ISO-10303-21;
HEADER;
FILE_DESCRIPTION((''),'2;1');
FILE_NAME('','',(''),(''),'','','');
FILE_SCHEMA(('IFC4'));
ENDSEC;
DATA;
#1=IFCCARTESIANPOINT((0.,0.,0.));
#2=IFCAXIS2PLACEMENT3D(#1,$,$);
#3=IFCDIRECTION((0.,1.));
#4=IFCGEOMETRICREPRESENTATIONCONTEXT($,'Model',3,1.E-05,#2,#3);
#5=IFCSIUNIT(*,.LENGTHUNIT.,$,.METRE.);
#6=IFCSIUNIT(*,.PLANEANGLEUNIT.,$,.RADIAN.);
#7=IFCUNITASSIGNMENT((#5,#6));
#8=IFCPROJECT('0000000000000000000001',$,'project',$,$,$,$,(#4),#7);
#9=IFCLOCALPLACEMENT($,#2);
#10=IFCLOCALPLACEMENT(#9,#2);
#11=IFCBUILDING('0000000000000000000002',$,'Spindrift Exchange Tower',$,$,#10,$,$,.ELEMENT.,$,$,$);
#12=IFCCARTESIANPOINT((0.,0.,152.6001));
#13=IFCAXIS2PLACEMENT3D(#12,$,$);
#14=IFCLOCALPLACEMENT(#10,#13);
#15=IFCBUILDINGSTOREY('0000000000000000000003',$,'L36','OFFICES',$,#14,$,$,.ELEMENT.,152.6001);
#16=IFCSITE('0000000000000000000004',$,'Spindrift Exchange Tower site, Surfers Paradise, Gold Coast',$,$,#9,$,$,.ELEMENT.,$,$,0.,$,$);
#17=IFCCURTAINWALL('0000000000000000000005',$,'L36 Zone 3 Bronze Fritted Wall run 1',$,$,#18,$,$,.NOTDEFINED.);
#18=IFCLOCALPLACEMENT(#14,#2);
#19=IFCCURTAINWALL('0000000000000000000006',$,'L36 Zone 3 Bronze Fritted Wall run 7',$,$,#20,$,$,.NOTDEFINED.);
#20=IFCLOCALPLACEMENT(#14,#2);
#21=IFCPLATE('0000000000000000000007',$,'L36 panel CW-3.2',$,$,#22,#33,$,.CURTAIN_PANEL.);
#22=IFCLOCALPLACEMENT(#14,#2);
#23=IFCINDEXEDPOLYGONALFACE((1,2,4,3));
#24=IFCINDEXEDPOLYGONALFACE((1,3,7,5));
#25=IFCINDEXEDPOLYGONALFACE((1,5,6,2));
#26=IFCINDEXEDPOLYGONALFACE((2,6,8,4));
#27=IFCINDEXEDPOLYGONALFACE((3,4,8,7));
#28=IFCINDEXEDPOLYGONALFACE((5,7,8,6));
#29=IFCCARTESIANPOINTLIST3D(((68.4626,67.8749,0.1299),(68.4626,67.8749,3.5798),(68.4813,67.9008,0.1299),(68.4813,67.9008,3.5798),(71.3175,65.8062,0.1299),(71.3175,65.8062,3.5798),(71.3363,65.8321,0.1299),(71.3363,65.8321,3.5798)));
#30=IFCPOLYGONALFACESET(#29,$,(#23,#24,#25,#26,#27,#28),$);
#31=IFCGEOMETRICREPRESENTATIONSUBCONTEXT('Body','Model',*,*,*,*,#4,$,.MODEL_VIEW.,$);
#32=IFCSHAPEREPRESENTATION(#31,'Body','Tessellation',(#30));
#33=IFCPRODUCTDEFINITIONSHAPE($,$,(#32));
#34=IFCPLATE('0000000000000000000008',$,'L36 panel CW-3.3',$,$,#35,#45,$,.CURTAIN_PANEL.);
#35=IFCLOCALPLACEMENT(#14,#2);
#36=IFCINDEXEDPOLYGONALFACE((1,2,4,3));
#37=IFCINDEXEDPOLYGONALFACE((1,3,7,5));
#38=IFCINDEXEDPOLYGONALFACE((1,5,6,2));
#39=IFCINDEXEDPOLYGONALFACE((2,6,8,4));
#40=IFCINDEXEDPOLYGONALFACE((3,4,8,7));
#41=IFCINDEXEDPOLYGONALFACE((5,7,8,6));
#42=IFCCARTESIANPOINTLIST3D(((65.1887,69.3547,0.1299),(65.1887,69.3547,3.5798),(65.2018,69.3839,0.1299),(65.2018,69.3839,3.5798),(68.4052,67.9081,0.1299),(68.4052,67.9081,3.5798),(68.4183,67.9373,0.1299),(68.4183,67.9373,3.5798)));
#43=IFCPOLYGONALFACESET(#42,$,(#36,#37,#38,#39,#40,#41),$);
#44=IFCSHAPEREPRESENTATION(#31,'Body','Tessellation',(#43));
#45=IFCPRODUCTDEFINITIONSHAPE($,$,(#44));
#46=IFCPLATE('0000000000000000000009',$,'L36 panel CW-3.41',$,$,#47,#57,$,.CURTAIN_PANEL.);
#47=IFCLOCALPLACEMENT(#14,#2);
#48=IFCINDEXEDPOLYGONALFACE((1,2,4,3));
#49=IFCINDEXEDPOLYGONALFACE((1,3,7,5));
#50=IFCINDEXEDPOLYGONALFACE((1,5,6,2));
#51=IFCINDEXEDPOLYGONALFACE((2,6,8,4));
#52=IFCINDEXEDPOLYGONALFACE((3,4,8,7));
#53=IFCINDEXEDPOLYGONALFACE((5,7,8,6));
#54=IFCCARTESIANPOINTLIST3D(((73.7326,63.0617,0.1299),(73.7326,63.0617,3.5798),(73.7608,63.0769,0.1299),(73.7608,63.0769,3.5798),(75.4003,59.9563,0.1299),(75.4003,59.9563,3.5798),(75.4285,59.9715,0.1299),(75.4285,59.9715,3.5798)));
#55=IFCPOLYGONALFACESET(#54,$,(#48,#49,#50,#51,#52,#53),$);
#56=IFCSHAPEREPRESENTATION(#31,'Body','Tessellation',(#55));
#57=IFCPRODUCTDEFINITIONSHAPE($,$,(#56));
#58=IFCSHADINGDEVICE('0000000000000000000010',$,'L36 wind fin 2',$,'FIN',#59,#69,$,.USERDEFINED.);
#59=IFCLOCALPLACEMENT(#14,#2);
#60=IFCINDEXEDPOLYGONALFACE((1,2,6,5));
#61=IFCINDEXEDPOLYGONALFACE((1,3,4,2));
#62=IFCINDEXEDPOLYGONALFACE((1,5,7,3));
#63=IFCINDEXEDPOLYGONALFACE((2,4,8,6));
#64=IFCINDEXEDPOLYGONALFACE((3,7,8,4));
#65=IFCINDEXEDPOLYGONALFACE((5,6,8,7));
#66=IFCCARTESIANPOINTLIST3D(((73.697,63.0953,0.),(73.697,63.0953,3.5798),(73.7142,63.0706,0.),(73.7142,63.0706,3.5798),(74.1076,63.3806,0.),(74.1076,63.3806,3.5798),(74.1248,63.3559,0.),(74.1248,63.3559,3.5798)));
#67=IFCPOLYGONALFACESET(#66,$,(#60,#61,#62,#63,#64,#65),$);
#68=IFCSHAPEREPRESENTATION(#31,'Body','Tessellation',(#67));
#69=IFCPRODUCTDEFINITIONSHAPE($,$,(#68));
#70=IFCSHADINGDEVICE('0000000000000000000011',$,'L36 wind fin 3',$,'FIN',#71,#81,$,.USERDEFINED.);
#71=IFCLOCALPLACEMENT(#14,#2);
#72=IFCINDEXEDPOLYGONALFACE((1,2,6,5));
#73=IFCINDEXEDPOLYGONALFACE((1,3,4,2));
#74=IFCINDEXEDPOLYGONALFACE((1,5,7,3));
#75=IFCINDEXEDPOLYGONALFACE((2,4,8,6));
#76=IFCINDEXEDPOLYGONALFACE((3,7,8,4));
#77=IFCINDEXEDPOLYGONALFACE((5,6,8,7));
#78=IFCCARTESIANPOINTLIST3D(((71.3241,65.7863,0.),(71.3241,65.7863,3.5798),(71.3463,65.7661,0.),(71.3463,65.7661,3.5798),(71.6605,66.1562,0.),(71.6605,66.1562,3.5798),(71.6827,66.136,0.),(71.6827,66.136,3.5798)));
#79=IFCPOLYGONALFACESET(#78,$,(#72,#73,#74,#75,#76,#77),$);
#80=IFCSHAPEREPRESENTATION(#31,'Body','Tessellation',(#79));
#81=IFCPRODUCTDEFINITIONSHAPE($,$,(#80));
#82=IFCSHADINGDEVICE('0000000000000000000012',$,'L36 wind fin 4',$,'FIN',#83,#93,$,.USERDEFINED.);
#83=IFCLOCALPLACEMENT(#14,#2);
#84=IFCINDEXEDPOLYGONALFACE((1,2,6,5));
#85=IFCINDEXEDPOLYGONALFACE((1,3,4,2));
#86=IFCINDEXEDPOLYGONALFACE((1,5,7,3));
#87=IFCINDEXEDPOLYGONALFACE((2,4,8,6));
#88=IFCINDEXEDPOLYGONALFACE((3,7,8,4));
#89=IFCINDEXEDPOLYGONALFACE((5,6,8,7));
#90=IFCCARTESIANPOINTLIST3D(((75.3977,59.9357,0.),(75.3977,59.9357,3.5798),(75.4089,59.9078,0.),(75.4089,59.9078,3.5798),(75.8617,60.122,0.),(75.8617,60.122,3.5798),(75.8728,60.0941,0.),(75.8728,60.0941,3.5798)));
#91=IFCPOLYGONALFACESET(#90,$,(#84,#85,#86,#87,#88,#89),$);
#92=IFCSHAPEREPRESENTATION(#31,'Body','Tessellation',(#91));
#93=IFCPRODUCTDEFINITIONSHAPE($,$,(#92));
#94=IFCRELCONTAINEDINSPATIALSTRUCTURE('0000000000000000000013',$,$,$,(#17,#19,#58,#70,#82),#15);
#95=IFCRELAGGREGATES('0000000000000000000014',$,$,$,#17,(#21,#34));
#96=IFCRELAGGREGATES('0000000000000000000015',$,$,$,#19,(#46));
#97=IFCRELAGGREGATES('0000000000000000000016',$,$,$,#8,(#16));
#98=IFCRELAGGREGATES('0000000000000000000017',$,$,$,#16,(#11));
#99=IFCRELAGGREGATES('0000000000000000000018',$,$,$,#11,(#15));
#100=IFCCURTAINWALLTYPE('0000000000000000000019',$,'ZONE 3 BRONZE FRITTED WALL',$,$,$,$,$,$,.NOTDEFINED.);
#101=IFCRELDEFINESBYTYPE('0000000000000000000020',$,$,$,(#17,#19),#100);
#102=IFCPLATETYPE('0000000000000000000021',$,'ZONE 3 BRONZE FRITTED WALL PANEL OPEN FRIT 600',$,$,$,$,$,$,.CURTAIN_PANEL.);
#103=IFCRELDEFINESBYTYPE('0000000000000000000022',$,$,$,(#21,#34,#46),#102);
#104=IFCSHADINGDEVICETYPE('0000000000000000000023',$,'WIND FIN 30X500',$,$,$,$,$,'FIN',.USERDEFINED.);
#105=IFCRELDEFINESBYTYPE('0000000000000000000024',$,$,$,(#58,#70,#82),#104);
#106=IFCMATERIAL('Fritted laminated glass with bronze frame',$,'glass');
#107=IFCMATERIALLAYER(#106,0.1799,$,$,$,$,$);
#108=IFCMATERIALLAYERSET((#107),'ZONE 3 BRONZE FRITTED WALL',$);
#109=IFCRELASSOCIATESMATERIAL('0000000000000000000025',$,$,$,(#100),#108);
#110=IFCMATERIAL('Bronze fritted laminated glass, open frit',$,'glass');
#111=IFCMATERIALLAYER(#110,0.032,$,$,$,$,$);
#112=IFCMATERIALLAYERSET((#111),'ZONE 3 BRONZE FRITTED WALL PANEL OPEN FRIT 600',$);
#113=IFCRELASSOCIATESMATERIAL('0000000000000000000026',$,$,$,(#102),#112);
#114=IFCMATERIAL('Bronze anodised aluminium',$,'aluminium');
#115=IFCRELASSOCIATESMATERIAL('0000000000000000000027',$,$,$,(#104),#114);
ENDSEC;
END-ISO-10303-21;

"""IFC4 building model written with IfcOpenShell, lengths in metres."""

from ifc_helpers import new_model, si_unit, direction, frame, origin, origin_2d, place, context, subcontext, project, spatial, rectangle, extrude, source, transform, mapped, material, layer, layer_set, material_profile, profile_set, type_object, element, aggregate, save


model = new_model("IFC4")

# Units and contexts
model_context = context("Model", 3, precision=1e-05, world=origin(), true_north=direction((0.0, 1.0)))
body_context = subcontext(model_context, "Body", "Model", "MODEL_VIEW")
ifc_project = project(units=[si_unit("LENGTHUNIT", "METRE"), si_unit("PLANEANGLEUNIT", "RADIAN")], contexts=[model_context])

# Site, building, storey
site_placement = place(None, origin())
site = spatial("IfcSite", under=ifc_project, at=site_placement, Name="Spindrift Exchange Tower site, Surfers Paradise, Gold Coast", CompositionType="ELEMENT", RefElevation=0.0)
building_placement = place(site_placement, origin())
building = spatial("IfcBuilding", under=site, at=building_placement, Name="Spindrift Exchange Tower", CompositionType="ELEMENT")
storey_placement = place(building_placement, frame((0.0, 0.0, 152.6001)))
storey = spatial("IfcBuildingStorey", under=building, at=storey_placement, Name="L36", Description="OFFICES", CompositionType="ELEMENT", Elevation=152.6001)

# Curtain wall
ifc_material_1 = material(Name="Fritted laminated glass with bronze frame", Category="glass")
ifc_layer_1 = layer(ifc_material_1, 0.1799)
ifc_layer_set_1 = layer_set([ifc_layer_1], Name="ZONE 3 BRONZE FRITTED WALL")
curtain_wall_type = type_object("IfcCurtainWallType", Name="ZONE 3 BRONZE FRITTED WALL", PredefinedType="NOTDEFINED", material=ifc_layer_set_1)
curtain_wall_1_placement = place(storey_placement, origin())
curtain_wall_1 = element("IfcCurtainWall", 1, at=curtain_wall_1_placement, inside=storey, type_object=curtain_wall_type, Name="L36 Zone 3 Bronze Fritted Wall run 1", PredefinedType="NOTDEFINED")
ifc_material_2 = material(Name="Bronze anodised aluminium", Category="aluminium")

# Curtain wall
curtain_wall_2_placement = place(storey_placement, origin())
curtain_wall_2 = element("IfcCurtainWall", 2, at=curtain_wall_2_placement, inside=storey, type_object=curtain_wall_type, Name="L36 Zone 3 Bronze Fritted Wall run 7", PredefinedType="NOTDEFINED")

# Plates
ifc_material_3 = material(Name="Bronze fritted laminated glass, open frit", Category="glass")
ifc_layer_2 = layer(ifc_material_3, 0.032)
ifc_layer_set_2 = layer_set([ifc_layer_2], Name="ZONE 3 BRONZE FRITTED WALL PANEL OPEN FRIT 600")
plate_type_1 = type_object("IfcPlateType", Name="ZONE 3 BRONZE FRITTED WALL PANEL OPEN FRIT 600", PredefinedType="CURTAIN_PANEL", material=ifc_layer_set_2)
shared_shape_1 = source(origin(), body_context, "Body", "SweptSolid", [
    extrude(rectangle(XDim=3.5256, YDim=0.032, at=origin_2d()), origin(), (0.0, 0.0, 1.0), 3.45),
])
plate_1_placement = place(storey_placement, frame((69.8994, 66.8535, 0.1299), z_axis=(0.0, 0.0, 1.0), x_axis=(-0.809757, 0.586765, 0.0)))
plate_1 = element("IfcPlate", 3, at=plate_1_placement, type_object=plate_type_1, Name="L36 panel CW-3.2", PredefinedType="CURTAIN_PANEL", context=body_context, shape_type="MappedRepresentation", body=[
    mapped(shared_shape_1, transform((0.0, 0.0, 0.0), scale=1.0)),
])
shared_shape_2 = source(origin(), body_context, "Body", "SweptSolid", [
    extrude(rectangle(XDim=3.5269, YDim=0.032, at=origin_2d()), origin(), (0.0, 0.0, 1.0), 3.45),
])
plate_2_placement = place(storey_placement, frame((66.8035, 68.646, 0.1299), z_axis=(0.0, 0.0, 1.0), x_axis=(-0.912003, 0.410184, 0.0)))
plate_2 = element("IfcPlate", 4, at=plate_2_placement, type_object=plate_type_1, Name="L36 panel CW-3.3", PredefinedType="CURTAIN_PANEL", context=body_context, shape_type="MappedRepresentation", body=[
    mapped(shared_shape_2, transform((0.0, 0.0, 0.0), scale=1.0)),
])
aggregate(curtain_wall_1, [plate_1, plate_2])
shared_shape_3 = source(origin(), body_context, "Body", "SweptSolid", [
    extrude(rectangle(XDim=3.5249, YDim=0.032, at=origin_2d()), origin(), (0.0, 0.0, 1.0), 3.45),
])
plate_3_placement = place(storey_placement, frame((74.5806, 61.5166, 0.1299), z_axis=(0.0, 0.0, 1.0), x_axis=(-0.473127, 0.880994, 0.0)))
plate_3 = element("IfcPlate", 5, at=plate_3_placement, type_object=plate_type_1, Name="L36 panel CW-3.41", PredefinedType="CURTAIN_PANEL", context=body_context, shape_type="MappedRepresentation", body=[
    mapped(shared_shape_3, transform((0.0, 0.0, 0.0), scale=1.0)),
])
aggregate(curtain_wall_2, [plate_3])

# Shading devices
ifc_material_profile_1 = material_profile(ifc_material_2, rectangle(XDim=0.03, YDim=0.5, at=origin_2d()), Name="WIND FIN 30X500")
ifc_profile_set_1 = profile_set([ifc_material_profile_1], Name="Bronze anodised aluminium")
shading_device_type = type_object("IfcShadingDeviceType", Name="WIND FIN 30X500", ElementType="FIN", PredefinedType="USERDEFINED", material=ifc_profile_set_1)
shared_shape_4 = source(origin(), body_context, "Body", "SweptSolid", [
    extrude(rectangle(XDim=0.03, YDim=0.5, at=origin_2d()), origin(), (0.0, 0.0, 1.0), 3.5798),
])
for number, where, z_axis, x_axis, name in (
    (6, (73.9109, 63.2256, 0.0), (0.0, 0.0, 1.0), (-0.570628, 0.821209, 0.0), "L36 wind fin 2"),
    (7, (71.5034, 65.9612, 0.0), (0.0, 0.0, 1.0), (-0.739764, 0.672867, 0.0), "L36 wind fin 3"),
    (8, (75.6353, 60.0149, 0.0), (0.0, 0.0, 1.0), (-0.372631, 0.927979, 0.0), "L36 wind fin 4"),
):
    element("IfcShadingDevice", number, at=place(storey_placement, frame(where, z_axis=z_axis, x_axis=x_axis)), inside=storey, type_object=shading_device_type, Name=name, ObjectType="FIN", PredefinedType="USERDEFINED", context=body_context, shape_type="MappedRepresentation", body=[
        mapped(shared_shape_4, transform((0.0, 0.0, 0.0), scale=1.0)),
    ])

save(model, "model.ifc")
